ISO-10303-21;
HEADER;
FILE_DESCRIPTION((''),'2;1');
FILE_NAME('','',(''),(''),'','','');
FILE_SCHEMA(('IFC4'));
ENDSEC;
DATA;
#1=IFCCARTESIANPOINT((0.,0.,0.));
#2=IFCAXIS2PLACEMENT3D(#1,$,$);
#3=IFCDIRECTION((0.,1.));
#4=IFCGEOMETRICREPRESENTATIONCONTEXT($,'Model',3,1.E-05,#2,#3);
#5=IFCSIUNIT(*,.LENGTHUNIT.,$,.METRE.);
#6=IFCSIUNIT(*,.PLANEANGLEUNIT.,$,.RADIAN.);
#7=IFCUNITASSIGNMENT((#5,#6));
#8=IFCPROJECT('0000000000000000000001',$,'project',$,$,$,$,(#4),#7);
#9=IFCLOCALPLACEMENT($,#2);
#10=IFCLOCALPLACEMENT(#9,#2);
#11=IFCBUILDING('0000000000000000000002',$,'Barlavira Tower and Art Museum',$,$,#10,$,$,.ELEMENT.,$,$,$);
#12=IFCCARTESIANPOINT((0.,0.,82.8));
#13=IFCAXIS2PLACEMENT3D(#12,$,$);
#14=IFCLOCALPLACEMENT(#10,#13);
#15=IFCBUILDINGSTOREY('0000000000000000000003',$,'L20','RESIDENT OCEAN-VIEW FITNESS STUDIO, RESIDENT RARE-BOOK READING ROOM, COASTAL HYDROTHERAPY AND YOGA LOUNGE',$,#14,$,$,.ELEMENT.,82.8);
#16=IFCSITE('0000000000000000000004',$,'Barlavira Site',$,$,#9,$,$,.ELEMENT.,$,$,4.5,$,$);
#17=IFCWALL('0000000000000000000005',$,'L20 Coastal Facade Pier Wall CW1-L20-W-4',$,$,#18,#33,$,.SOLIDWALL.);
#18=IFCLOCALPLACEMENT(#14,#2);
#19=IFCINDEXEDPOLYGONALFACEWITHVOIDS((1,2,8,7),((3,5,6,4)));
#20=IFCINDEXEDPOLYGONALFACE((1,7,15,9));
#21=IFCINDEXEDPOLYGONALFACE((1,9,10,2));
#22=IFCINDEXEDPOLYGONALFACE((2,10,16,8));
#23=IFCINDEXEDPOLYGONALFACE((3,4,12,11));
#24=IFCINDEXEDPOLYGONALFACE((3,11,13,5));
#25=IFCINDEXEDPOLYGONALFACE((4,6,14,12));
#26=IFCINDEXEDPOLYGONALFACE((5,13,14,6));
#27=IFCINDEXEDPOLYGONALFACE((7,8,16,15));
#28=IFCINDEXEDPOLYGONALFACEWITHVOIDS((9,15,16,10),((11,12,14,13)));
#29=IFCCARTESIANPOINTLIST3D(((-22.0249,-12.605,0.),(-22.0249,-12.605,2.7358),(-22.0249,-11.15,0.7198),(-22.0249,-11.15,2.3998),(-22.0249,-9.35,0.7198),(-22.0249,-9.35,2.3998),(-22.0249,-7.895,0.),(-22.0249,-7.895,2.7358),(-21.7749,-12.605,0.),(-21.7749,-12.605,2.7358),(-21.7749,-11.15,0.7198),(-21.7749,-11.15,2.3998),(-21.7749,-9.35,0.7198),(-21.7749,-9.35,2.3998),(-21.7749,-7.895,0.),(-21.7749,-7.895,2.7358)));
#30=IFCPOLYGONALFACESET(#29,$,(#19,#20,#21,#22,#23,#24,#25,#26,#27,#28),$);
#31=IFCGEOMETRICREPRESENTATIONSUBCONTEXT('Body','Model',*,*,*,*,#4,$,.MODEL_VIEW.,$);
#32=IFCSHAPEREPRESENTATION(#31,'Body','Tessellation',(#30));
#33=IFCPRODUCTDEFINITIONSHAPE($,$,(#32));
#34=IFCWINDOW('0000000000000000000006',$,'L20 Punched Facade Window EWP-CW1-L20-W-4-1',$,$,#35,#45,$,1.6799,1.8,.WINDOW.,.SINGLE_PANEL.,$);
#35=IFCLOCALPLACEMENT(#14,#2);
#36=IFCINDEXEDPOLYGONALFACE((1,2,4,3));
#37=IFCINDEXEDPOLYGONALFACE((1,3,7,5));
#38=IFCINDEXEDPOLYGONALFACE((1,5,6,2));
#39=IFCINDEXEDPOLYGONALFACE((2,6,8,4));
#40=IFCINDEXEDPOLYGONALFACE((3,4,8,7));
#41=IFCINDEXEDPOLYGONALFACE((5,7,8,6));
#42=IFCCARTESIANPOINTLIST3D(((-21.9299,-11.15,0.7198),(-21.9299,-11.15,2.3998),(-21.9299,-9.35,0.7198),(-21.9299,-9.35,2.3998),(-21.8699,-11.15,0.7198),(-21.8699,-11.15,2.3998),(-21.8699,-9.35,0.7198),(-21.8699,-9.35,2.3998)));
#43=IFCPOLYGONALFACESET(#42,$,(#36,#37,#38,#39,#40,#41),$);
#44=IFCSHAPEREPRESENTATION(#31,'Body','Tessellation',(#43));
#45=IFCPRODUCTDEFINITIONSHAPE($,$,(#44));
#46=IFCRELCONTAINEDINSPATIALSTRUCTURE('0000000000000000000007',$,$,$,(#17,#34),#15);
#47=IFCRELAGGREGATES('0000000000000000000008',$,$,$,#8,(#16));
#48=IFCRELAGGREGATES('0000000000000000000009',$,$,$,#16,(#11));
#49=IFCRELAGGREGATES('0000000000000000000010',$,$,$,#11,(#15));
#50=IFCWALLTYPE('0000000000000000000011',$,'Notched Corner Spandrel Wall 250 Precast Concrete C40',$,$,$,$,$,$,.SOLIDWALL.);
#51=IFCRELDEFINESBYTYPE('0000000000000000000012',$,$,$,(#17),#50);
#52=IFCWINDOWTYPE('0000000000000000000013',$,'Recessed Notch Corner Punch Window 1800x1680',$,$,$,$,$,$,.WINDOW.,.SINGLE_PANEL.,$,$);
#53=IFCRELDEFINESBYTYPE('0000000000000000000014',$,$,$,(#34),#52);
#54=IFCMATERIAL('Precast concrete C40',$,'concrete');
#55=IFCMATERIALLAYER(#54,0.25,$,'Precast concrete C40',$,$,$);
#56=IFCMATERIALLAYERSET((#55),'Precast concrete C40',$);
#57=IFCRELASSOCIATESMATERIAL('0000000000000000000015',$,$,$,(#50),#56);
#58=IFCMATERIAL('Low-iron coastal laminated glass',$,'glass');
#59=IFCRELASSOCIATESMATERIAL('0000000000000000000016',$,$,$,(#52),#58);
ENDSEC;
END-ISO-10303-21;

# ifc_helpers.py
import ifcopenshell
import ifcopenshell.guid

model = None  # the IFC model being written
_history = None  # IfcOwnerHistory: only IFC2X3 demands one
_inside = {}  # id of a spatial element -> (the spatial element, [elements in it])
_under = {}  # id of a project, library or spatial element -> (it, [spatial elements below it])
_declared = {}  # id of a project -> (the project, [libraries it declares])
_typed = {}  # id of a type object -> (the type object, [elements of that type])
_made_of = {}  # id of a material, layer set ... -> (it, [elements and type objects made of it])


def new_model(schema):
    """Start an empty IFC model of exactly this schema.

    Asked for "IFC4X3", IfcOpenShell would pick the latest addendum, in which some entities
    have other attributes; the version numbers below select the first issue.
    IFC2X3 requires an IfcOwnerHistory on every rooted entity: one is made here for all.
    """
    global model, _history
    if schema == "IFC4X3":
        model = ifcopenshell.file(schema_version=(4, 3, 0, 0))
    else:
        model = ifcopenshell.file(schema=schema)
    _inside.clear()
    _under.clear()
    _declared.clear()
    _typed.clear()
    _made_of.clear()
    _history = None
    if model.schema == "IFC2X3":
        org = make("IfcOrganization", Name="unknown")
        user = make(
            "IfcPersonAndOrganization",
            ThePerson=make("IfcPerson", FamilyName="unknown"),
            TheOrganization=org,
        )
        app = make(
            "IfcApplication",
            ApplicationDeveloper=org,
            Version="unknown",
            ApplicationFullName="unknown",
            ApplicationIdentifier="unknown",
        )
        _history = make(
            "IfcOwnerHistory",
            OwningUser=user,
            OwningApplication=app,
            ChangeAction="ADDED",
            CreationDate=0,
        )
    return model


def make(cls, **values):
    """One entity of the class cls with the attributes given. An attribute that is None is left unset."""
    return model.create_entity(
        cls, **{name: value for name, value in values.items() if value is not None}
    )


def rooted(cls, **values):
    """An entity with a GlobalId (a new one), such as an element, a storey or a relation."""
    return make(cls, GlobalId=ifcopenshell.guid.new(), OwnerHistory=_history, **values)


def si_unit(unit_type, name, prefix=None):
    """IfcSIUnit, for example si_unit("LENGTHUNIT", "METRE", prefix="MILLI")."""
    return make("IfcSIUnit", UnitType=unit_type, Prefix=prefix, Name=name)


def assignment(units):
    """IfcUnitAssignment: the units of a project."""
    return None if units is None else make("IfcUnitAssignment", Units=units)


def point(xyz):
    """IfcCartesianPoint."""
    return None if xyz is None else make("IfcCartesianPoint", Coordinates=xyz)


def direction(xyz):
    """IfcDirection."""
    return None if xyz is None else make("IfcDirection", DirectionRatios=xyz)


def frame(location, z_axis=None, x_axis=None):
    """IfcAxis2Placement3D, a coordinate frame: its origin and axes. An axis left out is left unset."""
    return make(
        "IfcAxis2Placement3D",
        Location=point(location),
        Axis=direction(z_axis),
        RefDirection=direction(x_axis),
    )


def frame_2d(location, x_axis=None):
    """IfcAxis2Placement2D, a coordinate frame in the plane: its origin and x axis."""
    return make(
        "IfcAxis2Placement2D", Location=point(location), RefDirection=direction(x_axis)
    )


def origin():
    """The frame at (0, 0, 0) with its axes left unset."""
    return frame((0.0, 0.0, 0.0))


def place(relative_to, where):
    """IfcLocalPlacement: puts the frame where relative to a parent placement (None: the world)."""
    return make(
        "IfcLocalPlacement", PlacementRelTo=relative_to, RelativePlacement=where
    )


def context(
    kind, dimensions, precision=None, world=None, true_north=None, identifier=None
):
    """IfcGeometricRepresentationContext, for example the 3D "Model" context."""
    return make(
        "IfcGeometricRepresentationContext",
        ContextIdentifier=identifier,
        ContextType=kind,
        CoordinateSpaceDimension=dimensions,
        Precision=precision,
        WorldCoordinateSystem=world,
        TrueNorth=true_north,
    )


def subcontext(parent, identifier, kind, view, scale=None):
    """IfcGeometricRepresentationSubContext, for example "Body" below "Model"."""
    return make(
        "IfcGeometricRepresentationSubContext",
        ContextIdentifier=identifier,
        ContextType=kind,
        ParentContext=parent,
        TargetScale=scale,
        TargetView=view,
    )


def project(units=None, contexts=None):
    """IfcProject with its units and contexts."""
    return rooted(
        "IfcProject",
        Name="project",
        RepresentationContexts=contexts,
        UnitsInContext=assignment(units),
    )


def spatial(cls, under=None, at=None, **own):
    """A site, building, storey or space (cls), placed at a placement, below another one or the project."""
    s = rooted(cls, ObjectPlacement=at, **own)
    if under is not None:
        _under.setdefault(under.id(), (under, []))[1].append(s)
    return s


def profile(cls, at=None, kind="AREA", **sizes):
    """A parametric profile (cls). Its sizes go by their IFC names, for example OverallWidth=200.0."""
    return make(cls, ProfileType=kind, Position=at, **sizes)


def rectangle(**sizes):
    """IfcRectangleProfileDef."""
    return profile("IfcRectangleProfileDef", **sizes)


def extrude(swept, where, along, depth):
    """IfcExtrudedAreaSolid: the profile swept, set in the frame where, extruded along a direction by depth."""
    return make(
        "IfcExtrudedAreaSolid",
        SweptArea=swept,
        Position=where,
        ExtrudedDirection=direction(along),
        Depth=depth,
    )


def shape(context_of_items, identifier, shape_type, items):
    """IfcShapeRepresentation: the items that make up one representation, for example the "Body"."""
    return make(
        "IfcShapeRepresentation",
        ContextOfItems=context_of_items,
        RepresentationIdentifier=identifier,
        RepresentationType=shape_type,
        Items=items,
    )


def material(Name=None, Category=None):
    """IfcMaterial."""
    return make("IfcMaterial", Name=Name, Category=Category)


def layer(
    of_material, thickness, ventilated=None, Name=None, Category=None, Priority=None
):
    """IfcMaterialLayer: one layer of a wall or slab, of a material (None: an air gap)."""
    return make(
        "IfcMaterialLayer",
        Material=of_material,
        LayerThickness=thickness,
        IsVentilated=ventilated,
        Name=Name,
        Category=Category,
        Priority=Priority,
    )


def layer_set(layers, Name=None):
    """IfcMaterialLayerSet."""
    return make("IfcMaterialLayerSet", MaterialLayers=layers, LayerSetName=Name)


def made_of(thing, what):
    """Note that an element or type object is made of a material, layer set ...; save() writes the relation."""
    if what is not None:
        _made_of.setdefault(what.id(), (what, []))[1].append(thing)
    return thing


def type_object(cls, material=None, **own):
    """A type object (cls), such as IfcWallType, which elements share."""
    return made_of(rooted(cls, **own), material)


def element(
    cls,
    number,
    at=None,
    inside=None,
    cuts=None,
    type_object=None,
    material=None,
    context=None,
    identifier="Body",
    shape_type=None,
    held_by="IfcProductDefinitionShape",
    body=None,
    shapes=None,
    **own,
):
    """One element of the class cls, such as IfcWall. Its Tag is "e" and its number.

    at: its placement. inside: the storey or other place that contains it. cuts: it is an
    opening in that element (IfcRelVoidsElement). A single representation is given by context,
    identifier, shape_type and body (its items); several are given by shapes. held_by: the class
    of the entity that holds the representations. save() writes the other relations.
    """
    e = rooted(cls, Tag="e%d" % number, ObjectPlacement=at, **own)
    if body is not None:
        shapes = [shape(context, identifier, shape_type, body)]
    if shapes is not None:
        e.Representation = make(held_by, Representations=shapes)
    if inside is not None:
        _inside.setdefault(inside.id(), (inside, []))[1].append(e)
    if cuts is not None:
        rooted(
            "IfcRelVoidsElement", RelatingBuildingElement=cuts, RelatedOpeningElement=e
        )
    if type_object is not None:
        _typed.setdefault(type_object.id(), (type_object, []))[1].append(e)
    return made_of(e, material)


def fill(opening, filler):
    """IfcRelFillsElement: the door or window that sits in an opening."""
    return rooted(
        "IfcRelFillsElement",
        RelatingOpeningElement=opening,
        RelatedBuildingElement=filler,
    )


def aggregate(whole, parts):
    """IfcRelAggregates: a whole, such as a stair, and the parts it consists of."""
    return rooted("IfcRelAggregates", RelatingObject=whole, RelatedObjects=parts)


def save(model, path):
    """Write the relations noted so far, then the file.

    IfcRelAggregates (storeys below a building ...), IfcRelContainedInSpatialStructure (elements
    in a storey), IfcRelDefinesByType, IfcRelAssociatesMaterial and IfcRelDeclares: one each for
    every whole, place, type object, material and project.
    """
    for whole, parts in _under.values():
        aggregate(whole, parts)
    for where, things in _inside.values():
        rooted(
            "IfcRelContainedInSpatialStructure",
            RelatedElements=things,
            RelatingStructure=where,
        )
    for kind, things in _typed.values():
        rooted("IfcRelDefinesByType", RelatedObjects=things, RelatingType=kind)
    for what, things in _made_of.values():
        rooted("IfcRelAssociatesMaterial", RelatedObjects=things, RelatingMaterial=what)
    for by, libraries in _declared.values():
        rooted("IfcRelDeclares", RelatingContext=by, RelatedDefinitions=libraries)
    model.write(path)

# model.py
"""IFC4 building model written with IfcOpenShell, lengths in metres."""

from ifc_helpers import new_model, si_unit, direction, frame, frame_2d, origin, place, context, subcontext, project, spatial, rectangle, extrude, material, layer, layer_set, type_object, element, fill, save


model = new_model("IFC4")

# Units and contexts
model_context = context("Model", 3, precision=1e-05, world=origin(), true_north=direction((0.0, 1.0)))
body_context = subcontext(model_context, "Body", "Model", "MODEL_VIEW")
ifc_project = project(units=[si_unit("LENGTHUNIT", "METRE"), si_unit("PLANEANGLEUNIT", "RADIAN")], contexts=[model_context])

# Site, building, storey
site_placement = place(None, origin())
site = spatial("IfcSite", under=ifc_project, at=site_placement, Name="Barlavira Site", CompositionType="ELEMENT", RefElevation=4.5)
building_placement = place(site_placement, origin())
building = spatial("IfcBuilding", under=site, at=building_placement, Name="Barlavira Tower and Art Museum", CompositionType="ELEMENT")
storey_placement = place(building_placement, frame((0.0, 0.0, 82.8)))
storey = spatial("IfcBuildingStorey", under=building, at=storey_placement, Name="L20", Description="RESIDENT OCEAN-VIEW FITNESS STUDIO, RESIDENT RARE-BOOK READING ROOM, COASTAL HYDROTHERAPY AND YOGA LOUNGE", CompositionType="ELEMENT", Elevation=82.8)

# Shared definitions
ifc_material_1 = material(Name="Low-iron coastal laminated glass", Category="glass")

# Wall, opening, window
ifc_material_2 = material(Name="Precast concrete C40", Category="concrete")
ifc_layer_1 = layer(ifc_material_2, 0.25, Name="Precast concrete C40")
ifc_layer_set_1 = layer_set([ifc_layer_1], Name="Precast concrete C40")
wall_type_1 = type_object("IfcWallType", Name="Notched Corner Spandrel Wall 250 Precast Concrete C40", PredefinedType="SOLIDWALL", material=ifc_layer_set_1)
wall_1_placement = place(storey_placement, frame((-21.8999, -7.895, 0.0), z_axis=(0.0, 0.0, 1.0), x_axis=(0.0, -1.0, 0.0)))
wall_1 = element("IfcWall", 1, at=wall_1_placement, inside=storey, type_object=wall_type_1, Name="L20 Coastal Facade Pier Wall CW1-L20-W-4", PredefinedType="SOLIDWALL", context=body_context, shape_type="SweptSolid", body=[
    extrude(rectangle(XDim=4.71, YDim=0.25, at=frame_2d((2.355, 0.0))), origin(), (0.0, 0.0, 1.0), 2.7358),
])
opening_1_placement = place(wall_1_placement, frame((1.4551, 0.0, 0.72)))
opening_1 = element("IfcOpeningElement", 2, at=opening_1_placement, cuts=wall_1, PredefinedType="OPENING", context=body_context, shape_type="SweptSolid", body=[
    extrude(rectangle(XDim=1.8, YDim=1.6799, at=frame_2d((0.8999, 0.8398))), frame((0.0, 0.135, 0.0), z_axis=(0.0, -1.0, 0.0), x_axis=(1.0, 0.0, 0.0)), (0.0, 0.0, 1.0), 0.27),
])
window_type = type_object("IfcWindowType", Name="Recessed Notch Corner Punch Window 1800x1680", PartitioningType="SINGLE_PANEL", PredefinedType="WINDOW", material=ifc_material_1)
window_placement = place(opening_1_placement, origin())
window = element("IfcWindow", 3, at=window_placement, inside=storey, type_object=window_type, Name="L20 Punched Facade Window EWP-CW1-L20-W-4-1", OverallHeight=1.6799, OverallWidth=1.8, PartitioningType="SINGLE_PANEL", PredefinedType="WINDOW", context=body_context, shape_type="SweptSolid", body=[
    extrude(rectangle(XDim=1.8, YDim=1.6799, at=frame_2d((0.8999, 0.8398))), frame((0.0, 0.03, 0.0), z_axis=(0.0, -1.0, 0.0), x_axis=(1.0, 0.0, 0.0)), (0.0, 0.0, 1.0), 0.0601),
])
fill(opening_1, window)

save(model, "model.ifc")
